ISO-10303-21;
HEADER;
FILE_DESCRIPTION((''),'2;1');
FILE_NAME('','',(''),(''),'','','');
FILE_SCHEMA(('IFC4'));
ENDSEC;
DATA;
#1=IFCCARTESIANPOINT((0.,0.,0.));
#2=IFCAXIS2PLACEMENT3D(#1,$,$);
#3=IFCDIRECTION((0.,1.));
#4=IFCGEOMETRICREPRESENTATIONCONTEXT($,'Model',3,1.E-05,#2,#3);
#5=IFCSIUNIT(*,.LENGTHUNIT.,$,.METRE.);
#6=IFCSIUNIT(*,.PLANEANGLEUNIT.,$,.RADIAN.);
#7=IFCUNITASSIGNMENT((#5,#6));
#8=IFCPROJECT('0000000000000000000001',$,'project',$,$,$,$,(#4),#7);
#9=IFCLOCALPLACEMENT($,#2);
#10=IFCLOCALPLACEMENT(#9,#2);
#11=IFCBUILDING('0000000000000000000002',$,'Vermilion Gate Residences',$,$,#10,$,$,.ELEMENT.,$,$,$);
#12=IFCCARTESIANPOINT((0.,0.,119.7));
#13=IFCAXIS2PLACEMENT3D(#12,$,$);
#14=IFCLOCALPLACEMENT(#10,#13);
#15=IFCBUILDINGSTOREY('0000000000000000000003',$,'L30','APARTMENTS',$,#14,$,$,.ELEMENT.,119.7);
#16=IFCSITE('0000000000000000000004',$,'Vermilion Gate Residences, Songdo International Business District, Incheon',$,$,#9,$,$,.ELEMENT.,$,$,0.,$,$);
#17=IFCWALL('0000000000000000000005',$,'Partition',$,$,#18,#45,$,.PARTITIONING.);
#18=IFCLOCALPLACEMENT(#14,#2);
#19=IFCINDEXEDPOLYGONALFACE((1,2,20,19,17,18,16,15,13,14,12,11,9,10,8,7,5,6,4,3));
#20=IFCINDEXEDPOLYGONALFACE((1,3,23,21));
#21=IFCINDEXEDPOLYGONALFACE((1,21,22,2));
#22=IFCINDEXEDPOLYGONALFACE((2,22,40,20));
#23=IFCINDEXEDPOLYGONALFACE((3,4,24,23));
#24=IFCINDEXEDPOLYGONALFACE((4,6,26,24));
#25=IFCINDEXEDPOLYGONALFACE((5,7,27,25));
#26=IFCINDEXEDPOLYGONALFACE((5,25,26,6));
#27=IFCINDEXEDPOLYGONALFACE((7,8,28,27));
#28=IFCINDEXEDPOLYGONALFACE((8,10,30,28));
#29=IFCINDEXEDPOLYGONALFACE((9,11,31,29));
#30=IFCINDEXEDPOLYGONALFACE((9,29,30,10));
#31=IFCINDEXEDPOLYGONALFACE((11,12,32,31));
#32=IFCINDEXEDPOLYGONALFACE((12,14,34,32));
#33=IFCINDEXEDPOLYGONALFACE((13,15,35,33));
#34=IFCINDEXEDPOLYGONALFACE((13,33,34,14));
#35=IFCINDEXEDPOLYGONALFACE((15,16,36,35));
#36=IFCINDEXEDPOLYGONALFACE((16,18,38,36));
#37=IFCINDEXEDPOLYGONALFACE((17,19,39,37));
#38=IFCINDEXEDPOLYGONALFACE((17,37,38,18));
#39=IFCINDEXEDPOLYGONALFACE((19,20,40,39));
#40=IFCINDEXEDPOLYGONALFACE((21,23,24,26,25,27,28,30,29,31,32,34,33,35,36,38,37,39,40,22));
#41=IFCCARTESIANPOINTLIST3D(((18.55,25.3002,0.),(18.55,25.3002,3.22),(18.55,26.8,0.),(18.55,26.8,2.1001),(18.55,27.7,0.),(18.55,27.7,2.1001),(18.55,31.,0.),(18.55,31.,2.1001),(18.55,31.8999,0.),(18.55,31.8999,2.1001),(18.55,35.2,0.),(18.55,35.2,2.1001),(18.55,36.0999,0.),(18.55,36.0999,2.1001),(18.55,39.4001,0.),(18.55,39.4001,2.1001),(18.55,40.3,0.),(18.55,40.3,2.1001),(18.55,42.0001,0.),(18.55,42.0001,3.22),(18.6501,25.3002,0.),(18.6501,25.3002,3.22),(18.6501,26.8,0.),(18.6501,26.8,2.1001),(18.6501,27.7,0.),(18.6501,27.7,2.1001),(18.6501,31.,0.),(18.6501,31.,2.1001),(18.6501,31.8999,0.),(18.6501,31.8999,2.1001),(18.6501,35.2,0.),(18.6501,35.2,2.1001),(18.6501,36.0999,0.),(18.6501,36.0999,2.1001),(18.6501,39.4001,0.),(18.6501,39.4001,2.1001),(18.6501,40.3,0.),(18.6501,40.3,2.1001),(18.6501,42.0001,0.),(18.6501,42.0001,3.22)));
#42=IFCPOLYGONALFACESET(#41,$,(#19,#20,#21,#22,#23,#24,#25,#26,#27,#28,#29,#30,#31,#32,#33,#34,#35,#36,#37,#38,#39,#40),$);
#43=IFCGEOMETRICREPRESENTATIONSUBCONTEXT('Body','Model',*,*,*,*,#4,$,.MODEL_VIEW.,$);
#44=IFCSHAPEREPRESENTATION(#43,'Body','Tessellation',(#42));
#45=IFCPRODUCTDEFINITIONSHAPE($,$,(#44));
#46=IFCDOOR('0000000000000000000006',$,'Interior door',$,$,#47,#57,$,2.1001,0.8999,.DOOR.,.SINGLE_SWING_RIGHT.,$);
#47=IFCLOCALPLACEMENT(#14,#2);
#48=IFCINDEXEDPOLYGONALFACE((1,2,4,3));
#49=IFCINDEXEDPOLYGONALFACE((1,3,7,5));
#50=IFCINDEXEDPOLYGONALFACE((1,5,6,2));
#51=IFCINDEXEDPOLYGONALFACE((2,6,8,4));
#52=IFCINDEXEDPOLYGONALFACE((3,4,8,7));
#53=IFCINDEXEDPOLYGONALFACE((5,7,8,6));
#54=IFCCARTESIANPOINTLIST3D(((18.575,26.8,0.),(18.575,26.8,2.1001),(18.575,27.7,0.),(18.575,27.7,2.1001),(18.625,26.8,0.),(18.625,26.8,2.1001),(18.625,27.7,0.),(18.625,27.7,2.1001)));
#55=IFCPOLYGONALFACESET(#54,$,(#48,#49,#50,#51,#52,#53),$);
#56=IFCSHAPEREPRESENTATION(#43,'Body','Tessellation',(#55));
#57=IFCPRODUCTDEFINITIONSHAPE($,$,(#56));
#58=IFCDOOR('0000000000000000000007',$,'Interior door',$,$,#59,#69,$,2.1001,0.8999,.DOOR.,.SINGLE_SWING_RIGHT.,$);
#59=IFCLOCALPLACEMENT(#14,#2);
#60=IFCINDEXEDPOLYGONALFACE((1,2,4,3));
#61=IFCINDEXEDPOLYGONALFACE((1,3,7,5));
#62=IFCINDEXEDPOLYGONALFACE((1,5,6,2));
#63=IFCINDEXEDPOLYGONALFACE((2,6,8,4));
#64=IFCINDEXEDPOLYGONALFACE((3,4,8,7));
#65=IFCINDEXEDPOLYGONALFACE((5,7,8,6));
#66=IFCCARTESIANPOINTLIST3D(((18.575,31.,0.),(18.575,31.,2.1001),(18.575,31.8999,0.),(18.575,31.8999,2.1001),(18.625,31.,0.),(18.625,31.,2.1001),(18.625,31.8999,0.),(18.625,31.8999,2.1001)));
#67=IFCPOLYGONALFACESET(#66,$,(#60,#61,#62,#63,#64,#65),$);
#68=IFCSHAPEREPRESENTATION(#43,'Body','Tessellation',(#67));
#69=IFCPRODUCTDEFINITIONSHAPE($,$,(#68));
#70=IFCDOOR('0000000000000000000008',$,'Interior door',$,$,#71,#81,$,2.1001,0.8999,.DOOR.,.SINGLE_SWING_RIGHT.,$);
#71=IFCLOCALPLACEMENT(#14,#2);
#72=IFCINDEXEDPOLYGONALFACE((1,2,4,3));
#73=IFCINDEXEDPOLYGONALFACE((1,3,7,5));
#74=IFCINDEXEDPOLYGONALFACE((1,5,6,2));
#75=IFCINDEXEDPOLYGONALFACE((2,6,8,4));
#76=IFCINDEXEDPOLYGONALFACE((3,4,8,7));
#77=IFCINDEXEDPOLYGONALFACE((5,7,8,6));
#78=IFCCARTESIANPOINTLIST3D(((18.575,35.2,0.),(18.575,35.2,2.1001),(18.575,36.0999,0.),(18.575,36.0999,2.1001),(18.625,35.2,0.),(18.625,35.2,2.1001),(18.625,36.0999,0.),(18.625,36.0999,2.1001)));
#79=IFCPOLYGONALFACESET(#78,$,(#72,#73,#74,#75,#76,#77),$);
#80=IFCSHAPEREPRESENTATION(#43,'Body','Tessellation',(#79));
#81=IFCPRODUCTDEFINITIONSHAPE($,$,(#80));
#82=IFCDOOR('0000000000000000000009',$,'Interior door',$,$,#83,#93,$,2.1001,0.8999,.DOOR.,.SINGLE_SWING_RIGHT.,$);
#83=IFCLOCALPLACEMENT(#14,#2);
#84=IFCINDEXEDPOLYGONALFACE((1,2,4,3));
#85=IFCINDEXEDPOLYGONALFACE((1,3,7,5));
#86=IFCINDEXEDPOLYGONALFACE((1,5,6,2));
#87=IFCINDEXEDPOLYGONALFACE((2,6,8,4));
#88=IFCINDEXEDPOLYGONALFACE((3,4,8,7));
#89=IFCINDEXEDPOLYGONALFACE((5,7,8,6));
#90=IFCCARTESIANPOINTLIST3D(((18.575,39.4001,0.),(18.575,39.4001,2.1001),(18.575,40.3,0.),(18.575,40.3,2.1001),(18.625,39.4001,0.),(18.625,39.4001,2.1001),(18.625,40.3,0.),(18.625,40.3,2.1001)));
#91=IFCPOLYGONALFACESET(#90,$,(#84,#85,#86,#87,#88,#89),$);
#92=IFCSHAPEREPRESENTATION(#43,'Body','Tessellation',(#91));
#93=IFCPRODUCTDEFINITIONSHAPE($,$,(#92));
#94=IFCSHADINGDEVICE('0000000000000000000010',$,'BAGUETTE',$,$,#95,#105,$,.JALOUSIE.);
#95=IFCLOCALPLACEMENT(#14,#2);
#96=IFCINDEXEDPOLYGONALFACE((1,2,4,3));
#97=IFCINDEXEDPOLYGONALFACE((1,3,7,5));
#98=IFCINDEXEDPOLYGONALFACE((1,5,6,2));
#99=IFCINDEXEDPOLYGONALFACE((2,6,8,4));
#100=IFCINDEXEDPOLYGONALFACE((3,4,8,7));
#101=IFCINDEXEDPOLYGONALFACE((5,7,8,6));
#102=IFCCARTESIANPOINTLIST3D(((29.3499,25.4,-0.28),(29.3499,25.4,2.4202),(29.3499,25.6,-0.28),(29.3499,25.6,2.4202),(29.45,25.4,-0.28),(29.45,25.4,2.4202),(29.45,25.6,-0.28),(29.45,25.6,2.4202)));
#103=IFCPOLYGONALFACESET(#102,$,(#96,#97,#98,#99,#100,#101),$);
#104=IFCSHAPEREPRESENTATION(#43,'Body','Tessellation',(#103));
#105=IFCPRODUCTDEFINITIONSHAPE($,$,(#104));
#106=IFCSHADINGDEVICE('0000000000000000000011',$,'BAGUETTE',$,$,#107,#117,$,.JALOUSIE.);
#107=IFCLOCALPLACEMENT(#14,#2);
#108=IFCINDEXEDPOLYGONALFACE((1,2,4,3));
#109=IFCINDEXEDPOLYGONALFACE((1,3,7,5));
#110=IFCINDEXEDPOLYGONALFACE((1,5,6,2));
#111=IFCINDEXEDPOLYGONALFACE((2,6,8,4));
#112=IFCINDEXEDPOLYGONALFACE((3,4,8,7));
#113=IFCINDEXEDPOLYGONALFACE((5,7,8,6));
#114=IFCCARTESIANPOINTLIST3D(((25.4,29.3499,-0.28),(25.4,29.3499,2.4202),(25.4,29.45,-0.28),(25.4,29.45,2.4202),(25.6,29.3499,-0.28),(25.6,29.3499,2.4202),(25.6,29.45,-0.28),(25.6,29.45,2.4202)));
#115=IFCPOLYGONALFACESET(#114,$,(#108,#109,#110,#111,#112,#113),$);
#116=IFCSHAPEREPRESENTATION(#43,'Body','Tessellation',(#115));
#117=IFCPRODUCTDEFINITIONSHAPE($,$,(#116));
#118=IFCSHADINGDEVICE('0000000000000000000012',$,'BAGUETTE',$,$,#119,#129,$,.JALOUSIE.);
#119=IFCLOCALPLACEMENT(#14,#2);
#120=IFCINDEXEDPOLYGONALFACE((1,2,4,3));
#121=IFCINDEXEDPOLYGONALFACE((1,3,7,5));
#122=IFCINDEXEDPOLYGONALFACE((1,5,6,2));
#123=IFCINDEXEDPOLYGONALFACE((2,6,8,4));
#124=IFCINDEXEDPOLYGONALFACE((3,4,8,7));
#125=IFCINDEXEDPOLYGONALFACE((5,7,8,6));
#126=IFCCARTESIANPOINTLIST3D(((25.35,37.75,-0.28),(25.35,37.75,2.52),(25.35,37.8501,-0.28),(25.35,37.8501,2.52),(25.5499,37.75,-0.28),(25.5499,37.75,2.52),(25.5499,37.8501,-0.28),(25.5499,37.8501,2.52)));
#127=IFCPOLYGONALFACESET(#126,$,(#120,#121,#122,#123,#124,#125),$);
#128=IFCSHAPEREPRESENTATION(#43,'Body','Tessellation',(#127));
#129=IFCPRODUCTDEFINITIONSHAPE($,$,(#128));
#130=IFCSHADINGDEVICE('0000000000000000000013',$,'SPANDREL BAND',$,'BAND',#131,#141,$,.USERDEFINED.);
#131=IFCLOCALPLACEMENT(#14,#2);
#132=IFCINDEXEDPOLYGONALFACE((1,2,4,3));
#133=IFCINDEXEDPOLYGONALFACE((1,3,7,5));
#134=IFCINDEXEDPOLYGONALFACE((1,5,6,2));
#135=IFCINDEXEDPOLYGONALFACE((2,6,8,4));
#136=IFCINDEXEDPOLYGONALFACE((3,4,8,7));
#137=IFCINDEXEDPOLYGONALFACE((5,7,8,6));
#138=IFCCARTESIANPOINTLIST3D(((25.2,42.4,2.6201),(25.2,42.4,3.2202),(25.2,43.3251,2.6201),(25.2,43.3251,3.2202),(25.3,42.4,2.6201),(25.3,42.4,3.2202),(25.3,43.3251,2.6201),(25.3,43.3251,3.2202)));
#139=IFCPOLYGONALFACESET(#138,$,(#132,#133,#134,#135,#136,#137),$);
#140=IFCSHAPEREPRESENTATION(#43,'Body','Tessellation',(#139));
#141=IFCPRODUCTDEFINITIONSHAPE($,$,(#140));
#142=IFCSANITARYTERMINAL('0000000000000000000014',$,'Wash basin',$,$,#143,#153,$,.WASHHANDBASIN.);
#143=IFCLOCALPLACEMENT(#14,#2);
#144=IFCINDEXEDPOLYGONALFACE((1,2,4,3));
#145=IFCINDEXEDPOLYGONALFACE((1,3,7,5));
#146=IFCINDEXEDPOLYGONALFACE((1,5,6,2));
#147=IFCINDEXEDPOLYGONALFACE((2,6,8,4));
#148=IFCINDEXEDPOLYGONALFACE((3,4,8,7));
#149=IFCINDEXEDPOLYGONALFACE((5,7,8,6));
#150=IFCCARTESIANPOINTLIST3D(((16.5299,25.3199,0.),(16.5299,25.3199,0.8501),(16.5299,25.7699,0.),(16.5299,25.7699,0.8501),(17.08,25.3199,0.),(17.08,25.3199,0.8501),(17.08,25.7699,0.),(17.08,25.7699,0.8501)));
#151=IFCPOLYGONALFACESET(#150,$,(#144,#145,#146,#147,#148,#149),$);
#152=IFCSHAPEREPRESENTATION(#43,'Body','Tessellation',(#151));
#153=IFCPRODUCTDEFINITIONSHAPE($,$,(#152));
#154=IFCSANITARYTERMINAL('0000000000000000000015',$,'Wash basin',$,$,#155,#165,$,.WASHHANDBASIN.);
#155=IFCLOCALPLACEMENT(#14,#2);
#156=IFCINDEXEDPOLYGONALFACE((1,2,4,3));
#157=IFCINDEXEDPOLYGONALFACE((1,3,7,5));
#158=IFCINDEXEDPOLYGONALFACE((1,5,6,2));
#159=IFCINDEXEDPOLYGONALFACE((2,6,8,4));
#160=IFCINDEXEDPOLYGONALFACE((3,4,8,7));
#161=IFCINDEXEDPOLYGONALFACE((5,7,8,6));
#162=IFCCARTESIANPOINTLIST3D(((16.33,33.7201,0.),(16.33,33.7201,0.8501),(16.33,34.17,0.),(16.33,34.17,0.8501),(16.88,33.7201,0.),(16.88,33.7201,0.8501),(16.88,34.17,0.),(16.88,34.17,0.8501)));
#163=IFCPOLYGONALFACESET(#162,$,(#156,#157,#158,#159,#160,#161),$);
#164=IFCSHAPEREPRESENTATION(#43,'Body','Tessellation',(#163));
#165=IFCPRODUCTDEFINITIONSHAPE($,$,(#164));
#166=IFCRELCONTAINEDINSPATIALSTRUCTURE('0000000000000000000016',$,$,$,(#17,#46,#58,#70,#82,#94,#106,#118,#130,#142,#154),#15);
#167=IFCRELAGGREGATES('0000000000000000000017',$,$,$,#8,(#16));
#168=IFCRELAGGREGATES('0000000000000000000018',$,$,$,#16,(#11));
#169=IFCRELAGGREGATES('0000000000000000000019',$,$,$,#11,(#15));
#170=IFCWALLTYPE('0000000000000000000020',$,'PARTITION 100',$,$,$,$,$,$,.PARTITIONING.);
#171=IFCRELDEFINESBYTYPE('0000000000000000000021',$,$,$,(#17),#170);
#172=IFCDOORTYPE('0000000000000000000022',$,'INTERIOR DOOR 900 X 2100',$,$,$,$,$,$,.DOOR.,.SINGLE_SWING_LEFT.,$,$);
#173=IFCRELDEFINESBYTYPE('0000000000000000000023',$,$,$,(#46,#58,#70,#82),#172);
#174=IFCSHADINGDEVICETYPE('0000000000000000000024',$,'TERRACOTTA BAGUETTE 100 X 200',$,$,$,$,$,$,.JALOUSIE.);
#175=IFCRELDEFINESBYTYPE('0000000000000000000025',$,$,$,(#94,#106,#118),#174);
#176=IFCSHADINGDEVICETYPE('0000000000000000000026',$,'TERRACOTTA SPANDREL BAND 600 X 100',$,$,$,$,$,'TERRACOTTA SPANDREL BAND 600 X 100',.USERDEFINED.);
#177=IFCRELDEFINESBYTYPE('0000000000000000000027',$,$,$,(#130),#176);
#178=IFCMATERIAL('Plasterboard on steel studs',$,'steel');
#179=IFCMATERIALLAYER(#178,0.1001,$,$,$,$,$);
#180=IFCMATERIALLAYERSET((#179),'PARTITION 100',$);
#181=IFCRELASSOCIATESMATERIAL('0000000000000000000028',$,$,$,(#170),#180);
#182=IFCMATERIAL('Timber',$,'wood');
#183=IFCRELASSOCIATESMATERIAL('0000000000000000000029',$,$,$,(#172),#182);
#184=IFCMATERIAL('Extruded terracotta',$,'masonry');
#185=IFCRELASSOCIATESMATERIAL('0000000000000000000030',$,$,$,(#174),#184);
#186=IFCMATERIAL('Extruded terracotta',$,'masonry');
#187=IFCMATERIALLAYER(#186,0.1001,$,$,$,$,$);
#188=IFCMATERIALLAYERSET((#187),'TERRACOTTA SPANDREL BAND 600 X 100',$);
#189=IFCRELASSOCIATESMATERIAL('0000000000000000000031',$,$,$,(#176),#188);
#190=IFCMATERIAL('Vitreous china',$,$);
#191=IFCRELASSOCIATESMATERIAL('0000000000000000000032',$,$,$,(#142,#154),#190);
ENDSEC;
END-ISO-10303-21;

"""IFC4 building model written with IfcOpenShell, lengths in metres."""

from ifc_helpers import new_model, si_unit, direction, frame, frame_2d, origin, origin_2d, place, context, subcontext, project, spatial, rectangle, extrude, material, layer, layer_set, material_profile, profile_set, type_object, element, fill, save


model = new_model("IFC4")

# Units and contexts
model_context = context("Model", 3, precision=1e-05, world=origin(), true_north=direction((0.0, 1.0)))
body_context = subcontext(model_context, "Body", "Model", "MODEL_VIEW")
ifc_project = project(units=[si_unit("LENGTHUNIT", "METRE"), si_unit("PLANEANGLEUNIT", "RADIAN")], contexts=[model_context])

# Site, building, storey
site_placement = place(None, origin())
site = spatial("IfcSite", under=ifc_project, at=site_placement, Name="Vermilion Gate Residences, Songdo International Business District, Incheon", CompositionType="ELEMENT", RefElevation=0.0)
building_placement = place(site_placement, origin())
building = spatial("IfcBuilding", under=site, at=building_placement, Name="Vermilion Gate Residences", CompositionType="ELEMENT")
storey_placement = place(building_placement, frame((0.0, 0.0, 119.7)))
storey = spatial("IfcBuildingStorey", under=building, at=storey_placement, Name="L30", Description="APARTMENTS", CompositionType="ELEMENT", Elevation=119.7)

# Shared definitions
ifc_material_1 = material(Name="Plasterboard on steel studs", Category="steel")
ifc_layer_1 = layer(ifc_material_1, 0.1001)
ifc_layer_set_1 = layer_set([ifc_layer_1], Name="PARTITION 100")
wall_type = type_object("IfcWallType", Name="PARTITION 100", PredefinedType="PARTITIONING", material=ifc_layer_set_1)

# Wall, openings, doors
ifc_material_2 = material(Name="Timber", Category="wood")
door_type = type_object("IfcDoorType", Name="INTERIOR DOOR 900 X 2100", OperationType="SINGLE_SWING_LEFT", PredefinedType="DOOR", material=ifc_material_2)
wall_1_placement = place(storey_placement, frame((18.6001, 25.3, 0.0), z_axis=(0.0, 0.0, 1.0), x_axis=(0.0, 1.0, 0.0)))
wall_1 = element("IfcWall", 1, at=wall_1_placement, inside=storey, type_object=wall_type, Name="Partition", PredefinedType="PARTITIONING", context=body_context, shape_type="SweptSolid", body=[
    extrude(rectangle(XDim=16.7, YDim=0.1001, at=frame_2d((8.3501, 0.0))), origin(), (0.0, 0.0, 1.0), 3.22),
])
opening_1_placement = place(wall_1_placement, frame((1.5, 0.0, 0.0)))
opening_1 = element("IfcOpeningElement", 2, at=opening_1_placement, cuts=wall_1, PredefinedType="OPENING", context=body_context, shape_type="SweptSolid", body=[
    extrude(rectangle(XDim=0.8999, YDim=2.1001, at=frame_2d((0.45, 1.05))), frame((0.0, 0.0601, 0.0), z_axis=(0.0, -1.0, 0.0), x_axis=(1.0, 0.0, 0.0)), (0.0, 0.0, 1.0), 0.1201),
])
opening_2_placement = place(wall_1_placement, frame((5.7, 0.0, 0.0)))
opening_2 = element("IfcOpeningElement", 3, at=opening_2_placement, cuts=wall_1, PredefinedType="OPENING", context=body_context, shape_type="SweptSolid", body=[
    extrude(rectangle(XDim=0.8999, YDim=2.1001, at=frame_2d((0.45, 1.05))), frame((0.0, 0.0601, 0.0), z_axis=(0.0, -1.0, 0.0), x_axis=(1.0, 0.0, 0.0)), (0.0, 0.0, 1.0), 0.1201),
])
opening_3_placement = place(wall_1_placement, frame((9.8999, 0.0, 0.0)))
opening_3 = element("IfcOpeningElement", 4, at=opening_3_placement, cuts=wall_1, PredefinedType="OPENING", context=body_context, shape_type="SweptSolid", body=[
    extrude(rectangle(XDim=0.8999, YDim=2.1001, at=frame_2d((0.45, 1.05))), frame((0.0, 0.0601, 0.0), z_axis=(0.0, -1.0, 0.0), x_axis=(1.0, 0.0, 0.0)), (0.0, 0.0, 1.0), 0.1201),
])
opening_4_placement = place(wall_1_placement, frame((14.1001, 0.0, 0.0)))
opening_4 = element("IfcOpeningElement", 5, at=opening_4_placement, cuts=wall_1, PredefinedType="OPENING", context=body_context, shape_type="SweptSolid", body=[
    extrude(rectangle(XDim=0.8999, YDim=2.1001, at=frame_2d((0.45, 1.05))), frame((0.0, 0.0601, 0.0), z_axis=(0.0, -1.0, 0.0), x_axis=(1.0, 0.0, 0.0)), (0.0, 0.0, 1.0), 0.1201),
])
door_1_placement = place(opening_1_placement, frame((0.8999, 0.0, 0.0), z_axis=(0.0, 0.0, 1.0), x_axis=(-1.0, 0.0, 0.0)))
door_1 = element("IfcDoor", 6, at=door_1_placement, inside=storey, type_object=door_type, Name="Interior door", OperationType="SINGLE_SWING_RIGHT", OverallHeight=2.1001, OverallWidth=0.8999, PredefinedType="DOOR", context=body_context, shape_type="SweptSolid", body=[
    extrude(rectangle(XDim=0.8999, YDim=2.1001, at=frame_2d((0.45, 1.05))), frame((0.0, 0.0249, 0.0), z_axis=(0.0, -1.0, 0.0), x_axis=(1.0, 0.0, 0.0)), (0.0, 0.0, 1.0), 0.05),
])
fill(opening_1, door_1)
door_2_placement = place(opening_2_placement, frame((0.8999, 0.0, 0.0), z_axis=(0.0, 0.0, 1.0), x_axis=(-1.0, 0.0, 0.0)))
door_2 = element("IfcDoor", 7, at=door_2_placement, inside=storey, type_object=door_type, Name="Interior door", OperationType="SINGLE_SWING_RIGHT", OverallHeight=2.1001, OverallWidth=0.8999, PredefinedType="DOOR", context=body_context, shape_type="SweptSolid", body=[
    extrude(rectangle(XDim=0.8999, YDim=2.1001, at=frame_2d((0.45, 1.05))), frame((0.0, 0.0249, 0.0), z_axis=(0.0, -1.0, 0.0), x_axis=(1.0, 0.0, 0.0)), (0.0, 0.0, 1.0), 0.05),
])
fill(opening_2, door_2)
door_3_placement = place(opening_3_placement, frame((0.8999, 0.0, 0.0), z_axis=(0.0, 0.0, 1.0), x_axis=(-1.0, 0.0, 0.0)))
door_3 = element("IfcDoor", 8, at=door_3_placement, inside=storey, type_object=door_type, Name="Interior door", OperationType="SINGLE_SWING_RIGHT", OverallHeight=2.1001, OverallWidth=0.8999, PredefinedType="DOOR", context=body_context, shape_type="SweptSolid", body=[
    extrude(rectangle(XDim=0.8999, YDim=2.1001, at=frame_2d((0.45, 1.05))), frame((0.0, 0.0249, 0.0), z_axis=(0.0, -1.0, 0.0), x_axis=(1.0, 0.0, 0.0)), (0.0, 0.0, 1.0), 0.05),
])
fill(opening_3, door_3)
door_4_placement = place(opening_4_placement, frame((0.8999, 0.0, 0.0), z_axis=(0.0, 0.0, 1.0), x_axis=(-1.0, 0.0, 0.0)))
door_4 = element("IfcDoor", 9, at=door_4_placement, inside=storey, type_object=door_type, Name="Interior door", OperationType="SINGLE_SWING_RIGHT", OverallHeight=2.1001, OverallWidth=0.8999, PredefinedType="DOOR", context=body_context, shape_type="SweptSolid", body=[
    extrude(rectangle(XDim=0.8999, YDim=2.1001, at=frame_2d((0.45, 1.05))), frame((0.0, 0.0249, 0.0), z_axis=(0.0, -1.0, 0.0), x_axis=(1.0, 0.0, 0.0)), (0.0, 0.0, 1.0), 0.05),
])
fill(opening_4, door_4)

# Shading devices
ifc_material_3 = material(Name="Extruded terracotta", Category="masonry")
ifc_material_profile_1 = material_profile(ifc_material_3, rectangle(XDim=0.2, YDim=0.1001, at=origin_2d()), Name="BAGUETTE 100 X 200")
ifc_profile_set_1 = profile_set([ifc_material_profile_1], Name="Extruded terracotta")
shading_device_type_1 = type_object("IfcShadingDeviceType", Name="TERRACOTTA BAGUETTE 100 X 200", PredefinedType="JALOUSIE", material=ifc_profile_set_1)
for number, where, z_axis, x_axis, name in (
    (10, (29.3999, 25.5, -0.28), (0.0, 0.0, 1.0), (0.0, -1.0, 0.0), "BAGUETTE"),
    (11, (25.5, 29.3999, -0.28), (0.0, 0.0, 1.0), (-1.0, 0.0, 0.0), "BAGUETTE"),
):
    element("IfcShadingDevice", number, at=place(storey_placement, frame(where, z_axis=z_axis, x_axis=x_axis)), inside=storey, type_object=shading_device_type_1, Name=name, PredefinedType="JALOUSIE", context=body_context, shape_type="SweptSolid", body=[
        extrude(rectangle(XDim=0.2, YDim=0.1001, at=origin_2d()), origin(), (0.0, 0.0, 1.0), 2.7002),
    ])
shading_device_1_placement = place(storey_placement, frame((25.45, 37.8, -0.28), z_axis=(0.0, 0.0, 1.0), x_axis=(-1.0, 0.0, 0.0)))
element("IfcShadingDevice", 12, at=shading_device_1_placement, inside=storey, type_object=shading_device_type_1, Name="BAGUETTE", PredefinedType="JALOUSIE", context=body_context, shape_type="SweptSolid", body=[
    extrude(rectangle(XDim=0.2, YDim=0.1001, at=origin_2d()), origin(), (0.0, 0.0, 1.0), 2.8),
])
ifc_material_4 = material(Name="Extruded terracotta", Category="masonry")
ifc_layer_2 = layer(ifc_material_4, 0.1001)
ifc_layer_set_2 = layer_set([ifc_layer_2], Name="TERRACOTTA SPANDREL BAND 600 X 100")
shading_device_type_2 = type_object("IfcShadingDeviceType", Name="TERRACOTTA SPANDREL BAND 600 X 100", ElementType="TERRACOTTA SPANDREL BAND 600 X 100", PredefinedType="USERDEFINED", material=ifc_layer_set_2)
shading_device_2_placement = place(storey_placement, frame((25.25, 42.8625, 2.6201), z_axis=(0.0, 0.0, 1.0), x_axis=(0.0, 1.0, 0.0)))
element("IfcShadingDevice", 13, at=shading_device_2_placement, inside=storey, type_object=shading_device_type_2, Name="SPANDREL BAND", ObjectType="BAND", PredefinedType="USERDEFINED", context=body_context, shape_type="SweptSolid", body=[
    extrude(rectangle(XDim=0.925, YDim=0.1001, at=origin_2d()), origin(), (0.0, 0.0, 1.0), 0.6001),
])

# Sanitary terminals
ifc_material_5 = material(Name="Vitreous china")
for number, where, z_axis, x_axis, name in (
    (14, (16.8049, 25.5449, 0.0), (0.0, 0.0, 1.0), (1.0, 0.0, 0.0), "Wash basin"),
    (15, (16.605, 33.9451, 0.0), (0.0, 0.0, 1.0), (1.0, 0.0, 0.0), "Wash basin"),
):
    element("IfcSanitaryTerminal", number, at=place(storey_placement, frame(where, z_axis=z_axis, x_axis=x_axis)), inside=storey, material=ifc_material_5, Name=name, PredefinedType="WASHHANDBASIN", context=body_context, shape_type="SweptSolid", body=[
        extrude(rectangle(XDim=0.55, YDim=0.45, at=origin_2d()), origin(), (0.0, 0.0, 1.0), 0.8501),
    ])

save(model, "model.ifc")
